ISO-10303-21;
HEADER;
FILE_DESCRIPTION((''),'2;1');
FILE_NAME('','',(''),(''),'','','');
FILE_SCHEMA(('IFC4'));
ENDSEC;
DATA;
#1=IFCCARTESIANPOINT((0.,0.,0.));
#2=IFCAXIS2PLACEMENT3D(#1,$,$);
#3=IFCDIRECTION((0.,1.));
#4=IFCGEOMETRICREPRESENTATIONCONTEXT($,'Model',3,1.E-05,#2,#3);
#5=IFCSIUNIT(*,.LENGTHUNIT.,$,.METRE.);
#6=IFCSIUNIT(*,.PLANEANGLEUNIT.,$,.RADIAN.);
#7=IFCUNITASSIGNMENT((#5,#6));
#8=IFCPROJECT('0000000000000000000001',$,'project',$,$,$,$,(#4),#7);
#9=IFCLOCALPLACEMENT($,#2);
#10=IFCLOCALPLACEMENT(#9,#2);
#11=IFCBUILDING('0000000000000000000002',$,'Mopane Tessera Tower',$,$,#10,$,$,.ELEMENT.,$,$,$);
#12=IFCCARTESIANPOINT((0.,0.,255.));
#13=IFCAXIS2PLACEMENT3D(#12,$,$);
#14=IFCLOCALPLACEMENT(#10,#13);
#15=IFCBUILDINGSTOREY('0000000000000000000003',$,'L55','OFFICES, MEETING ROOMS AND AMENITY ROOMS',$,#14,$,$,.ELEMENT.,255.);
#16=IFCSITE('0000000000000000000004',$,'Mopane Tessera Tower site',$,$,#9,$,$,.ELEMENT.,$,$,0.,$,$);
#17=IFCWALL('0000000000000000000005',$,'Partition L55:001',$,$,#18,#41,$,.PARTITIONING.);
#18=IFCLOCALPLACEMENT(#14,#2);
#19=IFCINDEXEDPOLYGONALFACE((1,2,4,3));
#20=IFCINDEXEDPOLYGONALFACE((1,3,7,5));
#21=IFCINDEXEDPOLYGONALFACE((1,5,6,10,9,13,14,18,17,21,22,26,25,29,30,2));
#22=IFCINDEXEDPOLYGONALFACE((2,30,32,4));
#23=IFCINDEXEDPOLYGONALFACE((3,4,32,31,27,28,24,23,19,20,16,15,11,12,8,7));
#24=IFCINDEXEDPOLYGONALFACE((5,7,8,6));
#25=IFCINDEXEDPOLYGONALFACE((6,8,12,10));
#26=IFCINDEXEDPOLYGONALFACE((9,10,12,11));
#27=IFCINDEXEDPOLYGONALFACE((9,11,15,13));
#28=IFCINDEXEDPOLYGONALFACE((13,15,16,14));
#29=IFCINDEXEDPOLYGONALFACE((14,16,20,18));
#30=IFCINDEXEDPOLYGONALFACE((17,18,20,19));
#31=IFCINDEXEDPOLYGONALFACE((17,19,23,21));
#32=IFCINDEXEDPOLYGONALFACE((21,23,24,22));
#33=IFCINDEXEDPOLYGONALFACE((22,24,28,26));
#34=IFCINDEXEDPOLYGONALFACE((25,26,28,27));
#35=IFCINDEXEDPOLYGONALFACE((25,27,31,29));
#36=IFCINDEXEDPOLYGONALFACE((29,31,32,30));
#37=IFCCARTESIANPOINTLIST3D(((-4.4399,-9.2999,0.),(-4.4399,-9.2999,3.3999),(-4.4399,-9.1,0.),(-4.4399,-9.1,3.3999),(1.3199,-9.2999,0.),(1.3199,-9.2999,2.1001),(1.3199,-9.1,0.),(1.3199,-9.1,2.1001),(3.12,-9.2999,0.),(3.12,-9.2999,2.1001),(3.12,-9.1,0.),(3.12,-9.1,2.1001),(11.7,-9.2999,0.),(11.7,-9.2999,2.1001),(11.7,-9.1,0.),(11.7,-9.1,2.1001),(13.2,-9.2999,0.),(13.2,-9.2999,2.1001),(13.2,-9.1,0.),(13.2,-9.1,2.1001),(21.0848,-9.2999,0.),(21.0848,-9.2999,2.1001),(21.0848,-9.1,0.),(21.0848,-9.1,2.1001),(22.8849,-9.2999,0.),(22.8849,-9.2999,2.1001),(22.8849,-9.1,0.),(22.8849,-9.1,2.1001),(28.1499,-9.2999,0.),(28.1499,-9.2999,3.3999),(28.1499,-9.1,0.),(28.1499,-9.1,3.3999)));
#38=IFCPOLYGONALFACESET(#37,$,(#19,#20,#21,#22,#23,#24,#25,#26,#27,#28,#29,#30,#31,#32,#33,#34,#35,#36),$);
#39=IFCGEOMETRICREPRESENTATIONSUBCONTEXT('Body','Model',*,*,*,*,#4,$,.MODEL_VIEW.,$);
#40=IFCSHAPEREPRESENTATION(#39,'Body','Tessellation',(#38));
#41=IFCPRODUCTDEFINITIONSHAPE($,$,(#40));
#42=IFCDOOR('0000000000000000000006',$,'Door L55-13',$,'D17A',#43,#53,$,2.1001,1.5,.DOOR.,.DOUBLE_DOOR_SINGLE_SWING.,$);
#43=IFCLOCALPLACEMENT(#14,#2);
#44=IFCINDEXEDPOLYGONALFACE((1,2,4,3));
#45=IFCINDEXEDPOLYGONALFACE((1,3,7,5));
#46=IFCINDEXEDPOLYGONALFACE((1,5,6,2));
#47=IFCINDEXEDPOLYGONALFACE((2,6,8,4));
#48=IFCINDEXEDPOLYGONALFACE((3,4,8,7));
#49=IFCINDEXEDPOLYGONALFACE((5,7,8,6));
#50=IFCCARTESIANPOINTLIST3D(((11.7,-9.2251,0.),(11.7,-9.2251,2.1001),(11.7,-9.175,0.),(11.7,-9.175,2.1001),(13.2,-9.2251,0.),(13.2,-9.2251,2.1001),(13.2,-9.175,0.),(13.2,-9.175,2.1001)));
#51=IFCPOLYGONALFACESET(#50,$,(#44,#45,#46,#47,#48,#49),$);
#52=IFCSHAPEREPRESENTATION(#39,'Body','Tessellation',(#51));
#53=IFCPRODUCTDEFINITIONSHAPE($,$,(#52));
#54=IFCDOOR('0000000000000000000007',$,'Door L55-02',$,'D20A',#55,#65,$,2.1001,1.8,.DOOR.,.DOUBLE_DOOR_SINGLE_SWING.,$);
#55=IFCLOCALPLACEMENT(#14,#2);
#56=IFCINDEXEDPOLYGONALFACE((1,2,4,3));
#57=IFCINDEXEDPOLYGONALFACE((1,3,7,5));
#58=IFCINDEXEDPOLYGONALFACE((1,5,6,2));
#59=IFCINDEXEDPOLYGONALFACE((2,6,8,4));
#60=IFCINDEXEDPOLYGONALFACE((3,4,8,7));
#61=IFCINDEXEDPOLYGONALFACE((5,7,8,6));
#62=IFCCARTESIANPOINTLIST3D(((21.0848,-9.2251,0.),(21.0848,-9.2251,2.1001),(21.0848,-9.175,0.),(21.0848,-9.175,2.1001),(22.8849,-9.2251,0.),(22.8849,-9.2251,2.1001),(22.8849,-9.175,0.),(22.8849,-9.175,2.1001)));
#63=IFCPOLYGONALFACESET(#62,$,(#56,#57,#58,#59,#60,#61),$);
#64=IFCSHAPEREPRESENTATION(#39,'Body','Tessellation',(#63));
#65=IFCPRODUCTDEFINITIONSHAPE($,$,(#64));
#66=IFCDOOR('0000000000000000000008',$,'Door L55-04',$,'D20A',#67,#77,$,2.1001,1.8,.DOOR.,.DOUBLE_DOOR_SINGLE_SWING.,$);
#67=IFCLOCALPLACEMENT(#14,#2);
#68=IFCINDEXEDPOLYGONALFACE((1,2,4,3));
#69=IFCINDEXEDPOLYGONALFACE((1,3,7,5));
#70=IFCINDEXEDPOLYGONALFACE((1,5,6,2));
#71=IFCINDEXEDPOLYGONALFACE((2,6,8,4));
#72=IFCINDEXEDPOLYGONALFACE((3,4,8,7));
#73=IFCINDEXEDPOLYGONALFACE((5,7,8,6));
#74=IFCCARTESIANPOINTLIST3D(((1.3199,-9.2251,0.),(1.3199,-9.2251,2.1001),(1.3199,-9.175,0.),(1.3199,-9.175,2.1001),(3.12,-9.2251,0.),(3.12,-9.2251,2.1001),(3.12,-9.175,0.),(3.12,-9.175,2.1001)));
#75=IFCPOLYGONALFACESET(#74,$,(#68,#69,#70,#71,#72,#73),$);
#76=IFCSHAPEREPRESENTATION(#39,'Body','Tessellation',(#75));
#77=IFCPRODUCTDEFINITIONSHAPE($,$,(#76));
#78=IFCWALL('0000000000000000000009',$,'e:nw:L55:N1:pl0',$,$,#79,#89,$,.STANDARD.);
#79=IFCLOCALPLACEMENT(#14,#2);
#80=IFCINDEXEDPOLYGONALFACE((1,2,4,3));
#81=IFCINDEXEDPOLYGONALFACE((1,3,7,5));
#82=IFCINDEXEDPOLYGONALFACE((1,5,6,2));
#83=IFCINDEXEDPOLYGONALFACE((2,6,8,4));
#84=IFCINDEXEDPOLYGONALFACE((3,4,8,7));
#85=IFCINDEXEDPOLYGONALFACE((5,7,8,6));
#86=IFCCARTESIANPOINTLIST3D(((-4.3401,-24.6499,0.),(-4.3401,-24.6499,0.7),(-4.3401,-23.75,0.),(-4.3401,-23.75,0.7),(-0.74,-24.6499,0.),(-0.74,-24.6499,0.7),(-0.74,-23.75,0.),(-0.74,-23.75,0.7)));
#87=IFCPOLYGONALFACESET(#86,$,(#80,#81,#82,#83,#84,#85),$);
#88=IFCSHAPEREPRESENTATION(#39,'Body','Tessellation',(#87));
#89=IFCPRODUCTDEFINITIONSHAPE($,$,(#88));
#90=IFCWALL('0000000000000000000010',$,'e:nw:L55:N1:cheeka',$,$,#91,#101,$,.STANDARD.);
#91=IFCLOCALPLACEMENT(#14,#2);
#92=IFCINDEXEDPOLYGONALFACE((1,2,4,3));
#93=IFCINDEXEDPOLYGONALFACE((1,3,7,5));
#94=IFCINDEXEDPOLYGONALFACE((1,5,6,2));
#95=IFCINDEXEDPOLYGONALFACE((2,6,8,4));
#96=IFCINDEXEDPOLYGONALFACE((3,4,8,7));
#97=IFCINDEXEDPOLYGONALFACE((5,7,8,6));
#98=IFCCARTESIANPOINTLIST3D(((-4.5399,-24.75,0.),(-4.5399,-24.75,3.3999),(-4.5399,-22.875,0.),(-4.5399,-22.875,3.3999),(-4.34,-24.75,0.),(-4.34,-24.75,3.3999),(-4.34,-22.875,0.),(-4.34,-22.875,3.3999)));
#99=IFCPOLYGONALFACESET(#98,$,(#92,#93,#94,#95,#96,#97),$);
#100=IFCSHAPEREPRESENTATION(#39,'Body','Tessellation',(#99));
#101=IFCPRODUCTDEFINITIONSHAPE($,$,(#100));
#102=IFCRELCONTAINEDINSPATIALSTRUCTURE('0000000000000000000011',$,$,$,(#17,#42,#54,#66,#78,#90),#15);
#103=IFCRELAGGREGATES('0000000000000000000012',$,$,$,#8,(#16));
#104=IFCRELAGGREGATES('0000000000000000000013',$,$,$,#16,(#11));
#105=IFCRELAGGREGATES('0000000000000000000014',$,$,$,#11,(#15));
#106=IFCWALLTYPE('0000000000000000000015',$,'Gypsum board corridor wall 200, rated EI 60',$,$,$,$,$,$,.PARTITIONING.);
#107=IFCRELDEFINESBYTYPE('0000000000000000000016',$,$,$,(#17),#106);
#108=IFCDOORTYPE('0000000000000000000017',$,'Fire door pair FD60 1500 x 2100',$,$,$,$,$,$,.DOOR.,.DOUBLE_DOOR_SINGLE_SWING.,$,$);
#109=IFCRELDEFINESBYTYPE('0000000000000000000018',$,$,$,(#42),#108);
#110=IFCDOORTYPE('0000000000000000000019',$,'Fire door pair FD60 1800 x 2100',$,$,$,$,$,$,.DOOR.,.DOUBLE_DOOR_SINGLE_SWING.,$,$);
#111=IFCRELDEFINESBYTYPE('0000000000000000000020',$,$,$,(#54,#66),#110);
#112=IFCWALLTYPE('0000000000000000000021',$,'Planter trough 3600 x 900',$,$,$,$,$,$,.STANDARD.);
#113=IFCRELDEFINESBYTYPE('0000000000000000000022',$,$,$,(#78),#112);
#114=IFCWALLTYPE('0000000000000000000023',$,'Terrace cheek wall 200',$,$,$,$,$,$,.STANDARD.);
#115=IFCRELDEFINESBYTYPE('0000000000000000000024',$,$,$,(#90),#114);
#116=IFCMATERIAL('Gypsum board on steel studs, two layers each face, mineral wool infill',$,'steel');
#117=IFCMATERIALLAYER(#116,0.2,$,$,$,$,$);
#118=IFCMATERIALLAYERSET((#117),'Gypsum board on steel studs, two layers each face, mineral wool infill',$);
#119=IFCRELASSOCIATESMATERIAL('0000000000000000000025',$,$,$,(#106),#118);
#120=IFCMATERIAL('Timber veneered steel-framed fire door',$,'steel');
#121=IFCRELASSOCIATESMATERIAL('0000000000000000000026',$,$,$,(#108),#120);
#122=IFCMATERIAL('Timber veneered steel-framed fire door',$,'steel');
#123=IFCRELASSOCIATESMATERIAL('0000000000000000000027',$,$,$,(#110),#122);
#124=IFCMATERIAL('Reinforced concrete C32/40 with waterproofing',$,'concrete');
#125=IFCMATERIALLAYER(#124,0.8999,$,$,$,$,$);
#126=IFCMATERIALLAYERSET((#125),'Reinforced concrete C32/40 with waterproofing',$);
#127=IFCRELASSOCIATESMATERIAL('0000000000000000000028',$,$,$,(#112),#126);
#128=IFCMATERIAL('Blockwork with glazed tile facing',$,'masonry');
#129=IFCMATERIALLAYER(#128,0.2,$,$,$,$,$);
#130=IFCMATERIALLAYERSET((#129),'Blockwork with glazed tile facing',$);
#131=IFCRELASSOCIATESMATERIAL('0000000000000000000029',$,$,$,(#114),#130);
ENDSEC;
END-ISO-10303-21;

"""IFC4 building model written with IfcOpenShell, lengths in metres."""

from ifc_helpers import new_model, si_unit, direction, frame, frame_2d, origin, place, context, subcontext, project, spatial, rectangle, extrude, material, layer, layer_set, type_object, element, fill, save


model = new_model("IFC4")

# Units and contexts
model_context = context("Model", 3, precision=1e-05, world=origin(), true_north=direction((0.0, 1.0)))
body_context = subcontext(model_context, "Body", "Model", "MODEL_VIEW")
ifc_project = project(units=[si_unit("LENGTHUNIT", "METRE"), si_unit("PLANEANGLEUNIT", "RADIAN")], contexts=[model_context])

# Site, building, storey
site_placement = place(None, origin())
site = spatial("IfcSite", under=ifc_project, at=site_placement, Name="Mopane Tessera Tower site", CompositionType="ELEMENT", RefElevation=0.0)
building_placement = place(site_placement, origin())
building = spatial("IfcBuilding", under=site, at=building_placement, Name="Mopane Tessera Tower", CompositionType="ELEMENT")
storey_placement = place(building_placement, frame((0.0, 0.0, 255.0)))
storey = spatial("IfcBuildingStorey", under=building, at=storey_placement, Name="L55", Description="OFFICES, MEETING ROOMS AND AMENITY ROOMS", CompositionType="ELEMENT", Elevation=255.0)

# Wall, openings, doors
ifc_material_1 = material(Name="Gypsum board on steel studs, two layers each face, mineral wool infill", Category="steel")
ifc_layer_1 = layer(ifc_material_1, 0.2)
ifc_layer_set_1 = layer_set([ifc_layer_1], Name="Gypsum board on steel studs, two layers each face, mineral wool infill")
wall_type_1 = type_object("IfcWallType", Name="Gypsum board corridor wall 200, rated EI 60", PredefinedType="PARTITIONING", material=ifc_layer_set_1)
wall_1_placement = place(storey_placement, frame((-4.4399, -9.2, 0.0), z_axis=(0.0, 0.0, 1.0), x_axis=(1.0, 0.0, 0.0)))
wall_1 = element("IfcWall", 1, at=wall_1_placement, inside=storey, type_object=wall_type_1, Name="Partition L55:001", PredefinedType="PARTITIONING", context=body_context, shape_type="SweptSolid", body=[
    extrude(rectangle(XDim=32.5898, YDim=0.2, at=frame_2d((16.2949, 0.0))), origin(), (0.0, 0.0, 1.0), 3.3999),
])
opening_1_placement = place(wall_1_placement, frame((25.5249, 0.0, 0.0)))
opening_1 = element("IfcOpeningElement", 2, at=opening_1_placement, cuts=wall_1, PredefinedType="OPENING", context=body_context, shape_type="SweptSolid", body=[
    extrude(rectangle(XDim=1.8, YDim=2.1001, at=frame_2d((0.8999, 1.05))), frame((0.0, 0.1121, 0.0), z_axis=(0.0, -1.0, 0.0), x_axis=(1.0, 0.0, 0.0)), (0.0, 0.0, 1.0), 0.2239),
])
opening_2_placement = place(wall_1_placement, frame((5.76, 0.0, 0.0)))
opening_2 = element("IfcOpeningElement", 3, at=opening_2_placement, cuts=wall_1, PredefinedType="OPENING", context=body_context, shape_type="SweptSolid", body=[
    extrude(rectangle(XDim=1.8, YDim=2.1001, at=frame_2d((0.8999, 1.05))), frame((0.0, 0.1121, 0.0), z_axis=(0.0, -1.0, 0.0), x_axis=(1.0, 0.0, 0.0)), (0.0, 0.0, 1.0), 0.2239),
])
opening_3_placement = place(wall_1_placement, frame((16.1399, 0.0, 0.0)))
opening_3 = element("IfcOpeningElement", 4, at=opening_3_placement, cuts=wall_1, PredefinedType="OPENING", context=body_context, shape_type="SweptSolid", body=[
    extrude(rectangle(XDim=1.5, YDim=2.1001, at=frame_2d((0.75, 1.05))), frame((0.0, 0.1121, 0.0), z_axis=(0.0, -1.0, 0.0), x_axis=(1.0, 0.0, 0.0)), (0.0, 0.0, 1.0), 0.2239),
])
ifc_material_2 = material(Name="Timber veneered steel-framed fire door", Category="steel")
door_type_1 = type_object("IfcDoorType", Name="Fire door pair FD60 1500 x 2100", OperationType="DOUBLE_DOOR_SINGLE_SWING", PredefinedType="DOOR", material=ifc_material_2)
door_1_placement = place(opening_3_placement, origin())
door_1 = element("IfcDoor", 5, at=door_1_placement, inside=storey, type_object=door_type_1, Name="Door L55-13", ObjectType="D17A", OperationType="DOUBLE_DOOR_SINGLE_SWING", OverallHeight=2.1001, OverallWidth=1.5, PredefinedType="DOOR", context=body_context, shape_type="SweptSolid", body=[
    extrude(rectangle(XDim=1.5, YDim=2.1001, at=frame_2d((0.75, 1.05))), frame((0.0, 0.0249, 0.0), z_axis=(0.0, -1.0, 0.0), x_axis=(1.0, 0.0, 0.0)), (0.0, 0.0, 1.0), 0.05),
])
fill(opening_3, door_1)
ifc_material_3 = material(Name="Timber veneered steel-framed fire door", Category="steel")
door_type_2 = type_object("IfcDoorType", Name="Fire door pair FD60 1800 x 2100", OperationType="DOUBLE_DOOR_SINGLE_SWING", PredefinedType="DOOR", material=ifc_material_3)
door_2_placement = place(opening_1_placement, origin())
door_2 = element("IfcDoor", 6, at=door_2_placement, inside=storey, type_object=door_type_2, Name="Door L55-02", ObjectType="D20A", OperationType="DOUBLE_DOOR_SINGLE_SWING", OverallHeight=2.1001, OverallWidth=1.8, PredefinedType="DOOR", context=body_context, shape_type="SweptSolid", body=[
    extrude(rectangle(XDim=1.8, YDim=2.1001, at=frame_2d((0.8999, 1.05))), frame((0.0, 0.0249, 0.0), z_axis=(0.0, -1.0, 0.0), x_axis=(1.0, 0.0, 0.0)), (0.0, 0.0, 1.0), 0.05),
])
fill(opening_1, door_2)
door_3_placement = place(opening_2_placement, origin())
door_3 = element("IfcDoor", 7, at=door_3_placement, inside=storey, type_object=door_type_2, Name="Door L55-04", ObjectType="D20A", OperationType="DOUBLE_DOOR_SINGLE_SWING", OverallHeight=2.1001, OverallWidth=1.8, PredefinedType="DOOR", context=body_context, shape_type="SweptSolid", body=[
    extrude(rectangle(XDim=1.8, YDim=2.1001, at=frame_2d((0.8999, 1.05))), frame((0.0, 0.0249, 0.0), z_axis=(0.0, -1.0, 0.0), x_axis=(1.0, 0.0, 0.0)), (0.0, 0.0, 1.0), 0.05),
])
fill(opening_2, door_3)

# Walls
ifc_material_4 = material(Name="Reinforced concrete C32/40 with waterproofing", Category="concrete")
ifc_layer_2 = layer(ifc_material_4, 0.8999)
ifc_layer_set_2 = layer_set([ifc_layer_2], Name="Reinforced concrete C32/40 with waterproofing")
wall_type_2 = type_object("IfcWallType", Name="Planter trough 3600 x 900", PredefinedType="STANDARD", material=ifc_layer_set_2)
wall_2_placement = place(storey_placement, frame((-4.3401, -24.2, 0.0), z_axis=(0.0, 0.0, 1.0), x_axis=(1.0, 0.0, 0.0)))
element("IfcWall", 8, at=wall_2_placement, inside=storey, type_object=wall_type_2, Name="e:nw:L55:N1:pl0", PredefinedType="STANDARD", context=body_context, shape_type="SweptSolid", body=[
    extrude(rectangle(XDim=3.6001, YDim=0.8999, at=frame_2d((1.8, 0.0))), origin(), (0.0, 0.0, 1.0), 0.7),
])
ifc_material_5 = material(Name="Blockwork with glazed tile facing", Category="masonry")
ifc_layer_3 = layer(ifc_material_5, 0.2)
ifc_layer_set_3 = layer_set([ifc_layer_3], Name="Blockwork with glazed tile facing")
wall_type_3 = type_object("IfcWallType", Name="Terrace cheek wall 200", PredefinedType="STANDARD", material=ifc_layer_set_3)
wall_3_placement = place(storey_placement, frame((-4.4399, -24.75, 0.0), z_axis=(0.0, 0.0, 1.0), x_axis=(0.0, 1.0, 0.0)))
element("IfcWall", 9, at=wall_3_placement, inside=storey, type_object=wall_type_3, Name="e:nw:L55:N1:cheeka", PredefinedType="STANDARD", context=body_context, shape_type="SweptSolid", body=[
    extrude(rectangle(XDim=1.875, YDim=0.2, at=frame_2d((0.9375, 0.0))), origin(), (0.0, 0.0, 1.0), 3.3999),
])

save(model, "model.ifc")
